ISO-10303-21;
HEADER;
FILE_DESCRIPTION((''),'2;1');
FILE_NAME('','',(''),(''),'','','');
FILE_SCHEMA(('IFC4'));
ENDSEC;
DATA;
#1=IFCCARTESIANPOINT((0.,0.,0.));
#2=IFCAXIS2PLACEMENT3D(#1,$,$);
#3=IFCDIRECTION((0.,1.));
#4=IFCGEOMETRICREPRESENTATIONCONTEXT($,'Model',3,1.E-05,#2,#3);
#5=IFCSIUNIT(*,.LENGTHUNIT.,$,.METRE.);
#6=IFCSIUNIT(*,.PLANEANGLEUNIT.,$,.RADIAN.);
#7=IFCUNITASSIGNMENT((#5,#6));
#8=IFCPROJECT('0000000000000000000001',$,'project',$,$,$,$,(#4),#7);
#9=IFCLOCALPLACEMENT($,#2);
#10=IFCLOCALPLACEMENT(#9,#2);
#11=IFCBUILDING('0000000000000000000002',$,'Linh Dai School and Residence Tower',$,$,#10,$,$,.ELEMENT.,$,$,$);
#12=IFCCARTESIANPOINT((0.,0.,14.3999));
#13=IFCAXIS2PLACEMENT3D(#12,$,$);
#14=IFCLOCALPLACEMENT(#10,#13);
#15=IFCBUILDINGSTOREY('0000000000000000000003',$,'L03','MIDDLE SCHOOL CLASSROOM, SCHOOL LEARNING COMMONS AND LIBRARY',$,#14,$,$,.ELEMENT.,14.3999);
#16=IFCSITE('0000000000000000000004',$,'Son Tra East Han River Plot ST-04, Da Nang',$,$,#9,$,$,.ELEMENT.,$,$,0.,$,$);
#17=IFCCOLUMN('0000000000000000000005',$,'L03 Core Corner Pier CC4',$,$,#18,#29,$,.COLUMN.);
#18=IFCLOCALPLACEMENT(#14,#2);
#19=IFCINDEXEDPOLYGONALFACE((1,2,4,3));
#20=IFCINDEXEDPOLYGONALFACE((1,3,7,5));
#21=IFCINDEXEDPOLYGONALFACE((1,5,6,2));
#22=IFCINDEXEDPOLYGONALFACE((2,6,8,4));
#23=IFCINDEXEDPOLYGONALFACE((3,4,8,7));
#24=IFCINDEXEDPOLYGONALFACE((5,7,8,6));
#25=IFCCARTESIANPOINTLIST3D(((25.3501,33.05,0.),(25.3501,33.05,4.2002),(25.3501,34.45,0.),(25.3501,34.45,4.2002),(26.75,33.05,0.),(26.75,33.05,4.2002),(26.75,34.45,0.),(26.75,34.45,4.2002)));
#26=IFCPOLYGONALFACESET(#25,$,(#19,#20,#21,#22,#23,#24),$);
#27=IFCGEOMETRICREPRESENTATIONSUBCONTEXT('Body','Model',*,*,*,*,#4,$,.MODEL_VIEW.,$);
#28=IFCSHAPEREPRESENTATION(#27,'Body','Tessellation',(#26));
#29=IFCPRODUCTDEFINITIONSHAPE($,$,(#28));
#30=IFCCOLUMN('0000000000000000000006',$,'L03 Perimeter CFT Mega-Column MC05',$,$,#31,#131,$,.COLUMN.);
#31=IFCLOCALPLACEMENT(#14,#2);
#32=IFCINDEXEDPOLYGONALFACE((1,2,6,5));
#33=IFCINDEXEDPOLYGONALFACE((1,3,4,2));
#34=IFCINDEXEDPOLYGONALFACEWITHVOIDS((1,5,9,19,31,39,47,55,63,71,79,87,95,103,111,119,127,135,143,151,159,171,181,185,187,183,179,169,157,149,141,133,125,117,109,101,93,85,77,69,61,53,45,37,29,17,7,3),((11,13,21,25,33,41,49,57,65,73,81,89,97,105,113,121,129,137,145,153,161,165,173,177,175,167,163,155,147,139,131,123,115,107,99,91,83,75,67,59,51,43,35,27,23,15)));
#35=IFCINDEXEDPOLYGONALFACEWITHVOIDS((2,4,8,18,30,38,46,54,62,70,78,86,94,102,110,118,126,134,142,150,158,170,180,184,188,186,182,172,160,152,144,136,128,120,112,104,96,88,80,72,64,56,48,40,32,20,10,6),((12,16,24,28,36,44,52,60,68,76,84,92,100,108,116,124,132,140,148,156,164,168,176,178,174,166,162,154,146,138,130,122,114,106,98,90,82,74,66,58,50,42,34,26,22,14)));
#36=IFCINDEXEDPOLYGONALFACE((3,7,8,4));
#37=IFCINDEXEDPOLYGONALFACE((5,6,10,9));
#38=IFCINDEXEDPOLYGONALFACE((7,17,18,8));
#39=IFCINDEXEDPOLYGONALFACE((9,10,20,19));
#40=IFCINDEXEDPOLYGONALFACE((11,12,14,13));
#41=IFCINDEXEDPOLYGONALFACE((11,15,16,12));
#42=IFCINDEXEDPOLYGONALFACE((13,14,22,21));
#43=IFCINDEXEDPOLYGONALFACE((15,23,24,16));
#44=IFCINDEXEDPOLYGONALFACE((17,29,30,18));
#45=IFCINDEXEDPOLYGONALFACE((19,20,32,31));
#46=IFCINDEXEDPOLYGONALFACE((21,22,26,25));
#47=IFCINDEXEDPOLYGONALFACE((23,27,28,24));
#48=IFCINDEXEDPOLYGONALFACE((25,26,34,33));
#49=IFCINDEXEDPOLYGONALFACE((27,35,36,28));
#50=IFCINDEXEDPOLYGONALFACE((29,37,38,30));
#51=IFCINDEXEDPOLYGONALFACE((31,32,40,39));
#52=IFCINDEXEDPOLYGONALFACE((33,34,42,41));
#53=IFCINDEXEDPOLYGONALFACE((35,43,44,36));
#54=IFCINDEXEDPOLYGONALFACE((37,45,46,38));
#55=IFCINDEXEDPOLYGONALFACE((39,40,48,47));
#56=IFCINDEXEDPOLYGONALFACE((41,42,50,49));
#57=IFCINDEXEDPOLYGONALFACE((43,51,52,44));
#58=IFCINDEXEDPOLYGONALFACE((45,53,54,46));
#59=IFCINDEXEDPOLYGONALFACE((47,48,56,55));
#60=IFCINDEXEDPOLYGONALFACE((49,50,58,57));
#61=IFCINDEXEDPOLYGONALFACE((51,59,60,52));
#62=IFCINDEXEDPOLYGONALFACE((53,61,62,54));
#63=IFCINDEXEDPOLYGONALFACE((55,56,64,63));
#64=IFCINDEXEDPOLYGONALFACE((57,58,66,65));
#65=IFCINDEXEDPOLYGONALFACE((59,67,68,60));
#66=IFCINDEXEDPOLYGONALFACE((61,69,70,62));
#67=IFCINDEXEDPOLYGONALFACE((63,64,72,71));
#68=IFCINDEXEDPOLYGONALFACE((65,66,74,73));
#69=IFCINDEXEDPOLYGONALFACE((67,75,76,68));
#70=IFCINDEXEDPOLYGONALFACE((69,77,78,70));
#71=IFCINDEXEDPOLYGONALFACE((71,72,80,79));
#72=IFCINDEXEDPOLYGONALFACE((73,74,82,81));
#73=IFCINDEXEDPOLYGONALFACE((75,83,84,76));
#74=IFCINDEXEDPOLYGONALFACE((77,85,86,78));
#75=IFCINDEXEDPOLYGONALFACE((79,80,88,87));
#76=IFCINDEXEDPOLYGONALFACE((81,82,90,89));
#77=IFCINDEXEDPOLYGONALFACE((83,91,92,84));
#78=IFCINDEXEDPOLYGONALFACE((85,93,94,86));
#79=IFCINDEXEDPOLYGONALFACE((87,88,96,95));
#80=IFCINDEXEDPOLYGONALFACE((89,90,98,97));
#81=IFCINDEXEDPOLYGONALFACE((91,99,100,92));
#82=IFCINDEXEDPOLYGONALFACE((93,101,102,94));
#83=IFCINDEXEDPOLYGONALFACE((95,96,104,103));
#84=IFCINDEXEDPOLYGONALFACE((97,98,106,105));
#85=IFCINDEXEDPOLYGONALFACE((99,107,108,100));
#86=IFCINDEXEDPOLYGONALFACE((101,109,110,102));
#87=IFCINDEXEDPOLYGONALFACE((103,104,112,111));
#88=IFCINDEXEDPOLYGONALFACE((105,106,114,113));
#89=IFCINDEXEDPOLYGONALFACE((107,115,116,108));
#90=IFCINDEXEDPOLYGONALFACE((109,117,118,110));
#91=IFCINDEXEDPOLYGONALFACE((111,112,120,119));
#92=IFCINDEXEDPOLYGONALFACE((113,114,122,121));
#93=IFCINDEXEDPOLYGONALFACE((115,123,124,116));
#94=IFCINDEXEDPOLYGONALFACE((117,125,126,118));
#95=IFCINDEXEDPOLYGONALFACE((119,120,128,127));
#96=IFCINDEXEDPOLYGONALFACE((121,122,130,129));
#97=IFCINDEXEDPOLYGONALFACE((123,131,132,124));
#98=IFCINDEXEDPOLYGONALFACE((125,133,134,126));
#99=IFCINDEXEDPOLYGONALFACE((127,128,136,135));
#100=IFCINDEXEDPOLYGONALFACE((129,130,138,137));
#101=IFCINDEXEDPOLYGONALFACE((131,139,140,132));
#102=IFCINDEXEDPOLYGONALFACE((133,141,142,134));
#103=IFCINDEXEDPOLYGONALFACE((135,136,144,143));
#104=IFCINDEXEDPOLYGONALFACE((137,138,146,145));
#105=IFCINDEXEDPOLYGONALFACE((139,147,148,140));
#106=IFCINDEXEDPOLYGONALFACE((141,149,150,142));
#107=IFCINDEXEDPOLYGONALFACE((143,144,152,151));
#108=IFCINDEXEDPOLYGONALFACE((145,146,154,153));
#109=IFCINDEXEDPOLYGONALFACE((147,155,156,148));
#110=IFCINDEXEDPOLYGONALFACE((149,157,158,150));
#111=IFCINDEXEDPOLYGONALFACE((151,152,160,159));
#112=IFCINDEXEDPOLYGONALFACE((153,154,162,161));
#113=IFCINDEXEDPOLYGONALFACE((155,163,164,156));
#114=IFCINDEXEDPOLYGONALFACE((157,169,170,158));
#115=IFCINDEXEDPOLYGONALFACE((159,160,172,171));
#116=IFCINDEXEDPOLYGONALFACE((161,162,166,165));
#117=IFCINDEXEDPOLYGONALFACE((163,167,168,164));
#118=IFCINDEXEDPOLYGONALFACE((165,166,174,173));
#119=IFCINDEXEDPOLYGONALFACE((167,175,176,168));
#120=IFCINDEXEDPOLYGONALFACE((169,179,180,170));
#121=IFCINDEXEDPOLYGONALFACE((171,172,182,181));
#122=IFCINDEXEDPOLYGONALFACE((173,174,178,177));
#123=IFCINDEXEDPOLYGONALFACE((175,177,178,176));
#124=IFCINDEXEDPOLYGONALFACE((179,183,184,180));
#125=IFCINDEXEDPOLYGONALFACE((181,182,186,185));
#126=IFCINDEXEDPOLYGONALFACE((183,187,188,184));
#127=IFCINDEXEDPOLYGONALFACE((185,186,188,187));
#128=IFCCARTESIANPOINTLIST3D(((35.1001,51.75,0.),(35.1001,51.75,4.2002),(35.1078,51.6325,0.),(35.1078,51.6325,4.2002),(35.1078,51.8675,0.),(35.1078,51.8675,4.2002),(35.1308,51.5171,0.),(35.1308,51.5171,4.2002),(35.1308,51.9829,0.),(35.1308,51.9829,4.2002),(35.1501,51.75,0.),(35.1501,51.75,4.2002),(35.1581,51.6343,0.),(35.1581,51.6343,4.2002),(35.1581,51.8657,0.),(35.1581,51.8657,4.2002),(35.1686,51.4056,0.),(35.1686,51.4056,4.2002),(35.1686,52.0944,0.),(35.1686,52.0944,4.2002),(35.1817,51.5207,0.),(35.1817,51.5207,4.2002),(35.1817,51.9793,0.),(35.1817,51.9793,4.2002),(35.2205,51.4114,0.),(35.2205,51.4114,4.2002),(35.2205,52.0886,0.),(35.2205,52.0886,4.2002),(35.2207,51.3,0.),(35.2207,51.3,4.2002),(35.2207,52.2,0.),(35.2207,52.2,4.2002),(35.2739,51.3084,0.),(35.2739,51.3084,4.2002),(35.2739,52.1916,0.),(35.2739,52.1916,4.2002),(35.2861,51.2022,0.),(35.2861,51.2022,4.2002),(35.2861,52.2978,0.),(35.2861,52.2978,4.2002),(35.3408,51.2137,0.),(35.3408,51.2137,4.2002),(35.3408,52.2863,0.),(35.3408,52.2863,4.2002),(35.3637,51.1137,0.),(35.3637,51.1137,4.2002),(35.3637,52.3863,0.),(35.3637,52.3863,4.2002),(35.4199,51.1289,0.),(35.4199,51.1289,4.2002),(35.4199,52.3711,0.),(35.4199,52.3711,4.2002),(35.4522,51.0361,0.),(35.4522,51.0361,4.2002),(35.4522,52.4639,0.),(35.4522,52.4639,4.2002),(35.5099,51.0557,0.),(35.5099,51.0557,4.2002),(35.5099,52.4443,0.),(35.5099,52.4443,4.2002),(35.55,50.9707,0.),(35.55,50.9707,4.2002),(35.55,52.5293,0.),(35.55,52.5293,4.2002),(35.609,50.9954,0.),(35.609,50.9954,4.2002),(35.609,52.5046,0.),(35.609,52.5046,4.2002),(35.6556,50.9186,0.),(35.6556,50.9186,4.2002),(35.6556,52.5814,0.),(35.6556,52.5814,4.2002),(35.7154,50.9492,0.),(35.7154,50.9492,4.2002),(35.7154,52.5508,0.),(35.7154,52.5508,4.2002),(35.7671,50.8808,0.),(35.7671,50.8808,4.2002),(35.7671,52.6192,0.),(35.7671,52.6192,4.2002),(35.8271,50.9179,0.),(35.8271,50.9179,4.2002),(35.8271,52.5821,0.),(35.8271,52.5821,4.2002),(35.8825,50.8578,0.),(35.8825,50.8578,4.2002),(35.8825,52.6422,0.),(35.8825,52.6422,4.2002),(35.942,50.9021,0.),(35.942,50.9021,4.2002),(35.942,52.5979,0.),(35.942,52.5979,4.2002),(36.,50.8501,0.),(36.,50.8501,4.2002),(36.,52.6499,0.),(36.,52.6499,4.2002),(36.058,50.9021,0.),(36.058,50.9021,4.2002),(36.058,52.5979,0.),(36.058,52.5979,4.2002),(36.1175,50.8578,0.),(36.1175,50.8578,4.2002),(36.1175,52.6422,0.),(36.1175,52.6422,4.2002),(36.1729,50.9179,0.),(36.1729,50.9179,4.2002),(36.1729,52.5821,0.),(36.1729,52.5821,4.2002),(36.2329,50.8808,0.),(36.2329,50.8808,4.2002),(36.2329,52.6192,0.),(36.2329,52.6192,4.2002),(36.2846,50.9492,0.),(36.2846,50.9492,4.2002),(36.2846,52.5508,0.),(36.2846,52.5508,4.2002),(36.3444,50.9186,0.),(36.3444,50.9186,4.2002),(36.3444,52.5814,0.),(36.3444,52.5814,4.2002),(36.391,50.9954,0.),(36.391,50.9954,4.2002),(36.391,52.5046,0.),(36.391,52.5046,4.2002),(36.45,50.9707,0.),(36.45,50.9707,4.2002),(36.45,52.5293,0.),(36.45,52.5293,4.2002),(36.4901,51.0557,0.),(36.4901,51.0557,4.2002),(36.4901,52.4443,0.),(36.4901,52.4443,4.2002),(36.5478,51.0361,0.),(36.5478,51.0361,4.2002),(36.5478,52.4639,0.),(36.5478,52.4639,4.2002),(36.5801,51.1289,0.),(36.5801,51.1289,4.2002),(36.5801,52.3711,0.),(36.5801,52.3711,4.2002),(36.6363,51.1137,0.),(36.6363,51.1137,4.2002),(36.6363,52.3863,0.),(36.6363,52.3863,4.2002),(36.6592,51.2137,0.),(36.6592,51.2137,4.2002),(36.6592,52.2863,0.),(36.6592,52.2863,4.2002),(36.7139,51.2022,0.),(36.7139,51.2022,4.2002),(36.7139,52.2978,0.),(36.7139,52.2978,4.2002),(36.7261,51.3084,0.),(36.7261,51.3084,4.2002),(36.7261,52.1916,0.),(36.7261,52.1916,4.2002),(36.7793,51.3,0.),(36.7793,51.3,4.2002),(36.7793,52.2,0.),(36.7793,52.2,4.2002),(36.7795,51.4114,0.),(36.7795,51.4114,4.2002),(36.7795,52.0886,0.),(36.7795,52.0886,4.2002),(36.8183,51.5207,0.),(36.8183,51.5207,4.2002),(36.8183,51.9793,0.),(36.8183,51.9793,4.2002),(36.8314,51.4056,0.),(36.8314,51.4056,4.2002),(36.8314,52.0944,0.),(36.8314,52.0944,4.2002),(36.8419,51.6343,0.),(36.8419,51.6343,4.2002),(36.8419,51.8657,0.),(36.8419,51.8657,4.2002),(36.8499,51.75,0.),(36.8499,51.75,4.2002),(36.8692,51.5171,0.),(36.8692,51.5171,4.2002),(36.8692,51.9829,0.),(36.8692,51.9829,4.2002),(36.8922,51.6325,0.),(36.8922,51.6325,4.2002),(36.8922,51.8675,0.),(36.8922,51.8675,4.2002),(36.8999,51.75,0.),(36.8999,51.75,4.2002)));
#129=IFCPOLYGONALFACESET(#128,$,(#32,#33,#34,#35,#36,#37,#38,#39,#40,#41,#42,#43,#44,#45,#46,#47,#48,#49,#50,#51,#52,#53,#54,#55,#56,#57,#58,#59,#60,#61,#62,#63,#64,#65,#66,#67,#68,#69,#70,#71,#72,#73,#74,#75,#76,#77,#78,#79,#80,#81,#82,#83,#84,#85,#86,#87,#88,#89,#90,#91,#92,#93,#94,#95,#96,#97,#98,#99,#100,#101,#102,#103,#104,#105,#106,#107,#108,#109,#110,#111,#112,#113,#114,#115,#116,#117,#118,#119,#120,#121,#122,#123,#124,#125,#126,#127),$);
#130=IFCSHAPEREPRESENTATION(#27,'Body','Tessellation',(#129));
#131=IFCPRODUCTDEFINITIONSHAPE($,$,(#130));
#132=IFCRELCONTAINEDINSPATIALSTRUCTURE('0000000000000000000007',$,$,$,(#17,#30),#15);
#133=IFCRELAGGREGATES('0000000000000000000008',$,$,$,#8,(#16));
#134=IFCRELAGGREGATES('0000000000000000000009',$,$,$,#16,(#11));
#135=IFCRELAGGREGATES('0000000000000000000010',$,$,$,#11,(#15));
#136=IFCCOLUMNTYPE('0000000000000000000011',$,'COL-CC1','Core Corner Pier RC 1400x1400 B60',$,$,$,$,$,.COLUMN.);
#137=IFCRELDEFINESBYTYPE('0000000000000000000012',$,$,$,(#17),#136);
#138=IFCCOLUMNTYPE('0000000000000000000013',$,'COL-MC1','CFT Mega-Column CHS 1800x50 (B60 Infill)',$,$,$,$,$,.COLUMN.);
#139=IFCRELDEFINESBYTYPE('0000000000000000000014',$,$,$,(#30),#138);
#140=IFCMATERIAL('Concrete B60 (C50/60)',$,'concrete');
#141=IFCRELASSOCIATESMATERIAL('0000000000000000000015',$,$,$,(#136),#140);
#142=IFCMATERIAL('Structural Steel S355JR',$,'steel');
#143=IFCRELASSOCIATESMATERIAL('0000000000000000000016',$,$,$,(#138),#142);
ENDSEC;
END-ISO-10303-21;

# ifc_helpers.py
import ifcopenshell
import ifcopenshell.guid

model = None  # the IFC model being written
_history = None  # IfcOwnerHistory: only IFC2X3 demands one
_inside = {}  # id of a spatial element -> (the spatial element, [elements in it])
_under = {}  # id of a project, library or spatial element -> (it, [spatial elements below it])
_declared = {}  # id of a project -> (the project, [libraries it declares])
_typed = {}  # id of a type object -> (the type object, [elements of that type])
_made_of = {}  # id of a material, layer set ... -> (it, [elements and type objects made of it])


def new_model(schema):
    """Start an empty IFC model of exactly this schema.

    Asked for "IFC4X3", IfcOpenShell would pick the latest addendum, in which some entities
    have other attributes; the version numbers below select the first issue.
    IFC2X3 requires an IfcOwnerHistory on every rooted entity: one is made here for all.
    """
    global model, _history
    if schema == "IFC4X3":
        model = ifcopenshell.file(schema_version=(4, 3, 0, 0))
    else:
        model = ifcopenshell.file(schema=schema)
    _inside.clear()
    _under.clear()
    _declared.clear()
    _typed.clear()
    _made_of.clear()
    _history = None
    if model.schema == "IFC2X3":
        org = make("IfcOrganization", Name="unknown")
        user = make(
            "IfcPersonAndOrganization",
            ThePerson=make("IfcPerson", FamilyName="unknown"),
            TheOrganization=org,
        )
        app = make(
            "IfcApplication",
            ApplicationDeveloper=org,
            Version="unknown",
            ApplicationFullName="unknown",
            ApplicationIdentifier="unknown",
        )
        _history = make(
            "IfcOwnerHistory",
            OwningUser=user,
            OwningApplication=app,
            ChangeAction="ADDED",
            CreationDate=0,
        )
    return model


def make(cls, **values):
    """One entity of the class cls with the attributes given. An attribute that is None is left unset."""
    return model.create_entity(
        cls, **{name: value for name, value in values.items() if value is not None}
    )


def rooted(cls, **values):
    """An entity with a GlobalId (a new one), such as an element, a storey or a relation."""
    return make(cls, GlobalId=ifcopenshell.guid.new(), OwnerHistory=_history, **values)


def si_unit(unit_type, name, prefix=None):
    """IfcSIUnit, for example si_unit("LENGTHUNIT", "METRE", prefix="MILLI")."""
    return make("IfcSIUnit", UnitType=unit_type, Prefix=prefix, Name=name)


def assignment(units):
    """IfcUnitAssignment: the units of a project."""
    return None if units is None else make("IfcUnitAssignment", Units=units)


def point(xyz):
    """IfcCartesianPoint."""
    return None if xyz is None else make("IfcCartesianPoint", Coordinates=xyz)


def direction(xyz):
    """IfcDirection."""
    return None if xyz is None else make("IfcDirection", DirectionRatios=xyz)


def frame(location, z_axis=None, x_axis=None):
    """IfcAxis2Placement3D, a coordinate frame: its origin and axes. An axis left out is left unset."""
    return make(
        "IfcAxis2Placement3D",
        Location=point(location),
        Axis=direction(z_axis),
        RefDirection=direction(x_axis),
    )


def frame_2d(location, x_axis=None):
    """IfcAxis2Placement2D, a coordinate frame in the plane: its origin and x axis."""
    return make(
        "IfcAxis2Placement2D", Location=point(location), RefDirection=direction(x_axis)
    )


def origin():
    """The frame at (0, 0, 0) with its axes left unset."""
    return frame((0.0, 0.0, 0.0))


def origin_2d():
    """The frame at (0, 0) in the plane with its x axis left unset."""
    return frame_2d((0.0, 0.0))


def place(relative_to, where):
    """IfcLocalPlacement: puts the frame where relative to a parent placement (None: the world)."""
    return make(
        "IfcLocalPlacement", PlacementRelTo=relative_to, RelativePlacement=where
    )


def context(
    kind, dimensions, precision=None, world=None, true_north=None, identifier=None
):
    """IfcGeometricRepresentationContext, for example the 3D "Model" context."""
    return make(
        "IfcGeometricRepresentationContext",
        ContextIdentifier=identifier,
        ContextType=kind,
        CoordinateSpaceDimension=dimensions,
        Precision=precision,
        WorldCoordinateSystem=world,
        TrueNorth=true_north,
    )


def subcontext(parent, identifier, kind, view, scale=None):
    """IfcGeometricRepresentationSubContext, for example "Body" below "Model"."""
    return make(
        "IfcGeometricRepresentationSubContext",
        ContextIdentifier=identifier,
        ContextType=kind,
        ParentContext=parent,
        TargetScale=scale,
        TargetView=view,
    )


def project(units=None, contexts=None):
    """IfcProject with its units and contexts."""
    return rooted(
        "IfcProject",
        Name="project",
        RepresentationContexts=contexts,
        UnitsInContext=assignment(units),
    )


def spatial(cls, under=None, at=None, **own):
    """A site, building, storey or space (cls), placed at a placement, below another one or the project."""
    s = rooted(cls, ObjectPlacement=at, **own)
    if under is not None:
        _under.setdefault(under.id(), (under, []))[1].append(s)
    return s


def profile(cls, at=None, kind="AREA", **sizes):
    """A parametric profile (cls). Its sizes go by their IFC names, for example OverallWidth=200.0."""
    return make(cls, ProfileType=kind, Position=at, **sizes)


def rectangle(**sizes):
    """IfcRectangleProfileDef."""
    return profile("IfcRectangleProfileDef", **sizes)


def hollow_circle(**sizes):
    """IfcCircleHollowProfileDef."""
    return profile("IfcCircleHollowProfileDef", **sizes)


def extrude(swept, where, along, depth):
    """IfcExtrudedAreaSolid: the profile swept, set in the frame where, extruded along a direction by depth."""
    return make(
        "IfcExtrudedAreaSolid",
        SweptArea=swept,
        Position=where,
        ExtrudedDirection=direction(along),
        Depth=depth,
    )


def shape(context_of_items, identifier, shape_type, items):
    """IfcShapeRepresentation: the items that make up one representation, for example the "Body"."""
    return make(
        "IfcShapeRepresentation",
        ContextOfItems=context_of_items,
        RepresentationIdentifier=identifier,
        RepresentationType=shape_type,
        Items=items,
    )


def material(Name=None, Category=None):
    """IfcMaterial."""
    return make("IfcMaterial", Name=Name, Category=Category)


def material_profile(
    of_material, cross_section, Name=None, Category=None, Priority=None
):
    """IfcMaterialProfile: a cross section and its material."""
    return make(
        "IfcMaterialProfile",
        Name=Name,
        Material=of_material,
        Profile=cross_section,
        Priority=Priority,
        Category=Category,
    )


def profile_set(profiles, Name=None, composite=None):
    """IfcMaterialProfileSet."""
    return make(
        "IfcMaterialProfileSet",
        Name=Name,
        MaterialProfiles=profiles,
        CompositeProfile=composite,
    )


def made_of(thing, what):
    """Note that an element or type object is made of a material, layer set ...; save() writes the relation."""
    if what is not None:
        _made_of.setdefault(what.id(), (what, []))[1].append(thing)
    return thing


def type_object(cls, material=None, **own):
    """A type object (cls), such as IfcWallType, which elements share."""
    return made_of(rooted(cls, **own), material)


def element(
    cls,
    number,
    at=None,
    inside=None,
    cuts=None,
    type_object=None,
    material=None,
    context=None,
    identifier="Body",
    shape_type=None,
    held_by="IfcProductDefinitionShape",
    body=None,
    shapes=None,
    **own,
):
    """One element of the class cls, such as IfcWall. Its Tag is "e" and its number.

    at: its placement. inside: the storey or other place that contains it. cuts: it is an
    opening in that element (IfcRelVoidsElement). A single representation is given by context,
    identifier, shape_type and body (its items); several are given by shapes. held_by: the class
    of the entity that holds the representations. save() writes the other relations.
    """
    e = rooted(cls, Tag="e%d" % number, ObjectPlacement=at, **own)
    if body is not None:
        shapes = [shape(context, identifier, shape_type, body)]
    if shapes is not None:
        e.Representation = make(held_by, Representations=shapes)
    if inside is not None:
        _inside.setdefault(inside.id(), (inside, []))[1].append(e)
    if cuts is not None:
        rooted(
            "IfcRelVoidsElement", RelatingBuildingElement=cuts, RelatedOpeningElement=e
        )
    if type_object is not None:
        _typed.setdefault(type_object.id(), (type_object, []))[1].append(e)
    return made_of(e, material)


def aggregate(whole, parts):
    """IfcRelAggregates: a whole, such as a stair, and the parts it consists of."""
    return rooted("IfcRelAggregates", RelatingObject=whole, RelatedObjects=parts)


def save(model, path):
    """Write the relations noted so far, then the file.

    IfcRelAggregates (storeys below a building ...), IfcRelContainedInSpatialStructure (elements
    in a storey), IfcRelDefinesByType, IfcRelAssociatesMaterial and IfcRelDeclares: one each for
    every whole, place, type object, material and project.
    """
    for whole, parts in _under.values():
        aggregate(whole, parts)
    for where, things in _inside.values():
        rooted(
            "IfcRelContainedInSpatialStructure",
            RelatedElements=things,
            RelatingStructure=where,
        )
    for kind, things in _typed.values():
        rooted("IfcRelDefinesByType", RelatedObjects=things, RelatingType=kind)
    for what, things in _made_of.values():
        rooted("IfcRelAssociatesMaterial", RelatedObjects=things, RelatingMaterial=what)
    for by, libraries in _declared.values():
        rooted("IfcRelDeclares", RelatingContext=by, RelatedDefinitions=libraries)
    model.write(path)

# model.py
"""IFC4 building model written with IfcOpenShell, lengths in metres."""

from ifc_helpers import new_model, si_unit, direction, frame, origin, origin_2d, place, context, subcontext, project, spatial, rectangle, hollow_circle, extrude, material, material_profile, profile_set, type_object, element, save


model = new_model("IFC4")

# Units and contexts
model_context = context("Model", 3, precision=1e-05, world=origin(), true_north=direction((0.0, 1.0)))
body_context = subcontext(model_context, "Body", "Model", "MODEL_VIEW")
ifc_project = project(units=[si_unit("LENGTHUNIT", "METRE"), si_unit("PLANEANGLEUNIT", "RADIAN")], contexts=[model_context])

# Site, building, storey
site_placement = place(None, origin())
site = spatial("IfcSite", under=ifc_project, at=site_placement, Name="Son Tra East Han River Plot ST-04, Da Nang", CompositionType="ELEMENT", RefElevation=0.0)
building_placement = place(site_placement, origin())
building = spatial("IfcBuilding", under=site, at=building_placement, Name="Linh Dai School and Residence Tower", CompositionType="ELEMENT")
storey_placement = place(building_placement, frame((0.0, 0.0, 14.3999)))
storey = spatial("IfcBuildingStorey", under=building, at=storey_placement, Name="L03", Description="MIDDLE SCHOOL CLASSROOM, SCHOOL LEARNING COMMONS AND LIBRARY", CompositionType="ELEMENT", Elevation=14.3999)

# Columns
ifc_material_1 = material(Name="Concrete B60 (C50/60)", Category="concrete")
ifc_material_profile_1 = material_profile(ifc_material_1, rectangle(XDim=1.3999, YDim=1.3999, at=origin_2d()), Name="RC 1400x1400")
ifc_profile_set_1 = profile_set([ifc_material_profile_1], Name="Concrete B60 (C50/60)")
column_type_1 = type_object("IfcColumnType", Name="COL-CC1", Description="Core Corner Pier RC 1400x1400 B60", PredefinedType="COLUMN", material=ifc_profile_set_1)
column_1_placement = place(storey_placement, frame((26.05, 33.75, 0.0), z_axis=(0.0, 0.0, 1.0), x_axis=(1.0, 0.0, 0.0)))
element("IfcColumn", 1, at=column_1_placement, inside=storey, type_object=column_type_1, Name="L03 Core Corner Pier CC4", PredefinedType="COLUMN", context=body_context, shape_type="SweptSolid", body=[
    extrude(rectangle(XDim=1.3999, YDim=1.3999, at=origin_2d()), origin(), (0.0, 0.0, 1.0), 4.2002),
])
ifc_material_2 = material(Name="Structural Steel S355JR", Category="steel")
ifc_material_profile_2 = material_profile(ifc_material_2, hollow_circle(Radius=0.8999, WallThickness=0.05, at=origin_2d()), Name="CHS 1800x50")
ifc_profile_set_2 = profile_set([ifc_material_profile_2], Name="Structural Steel S355JR")
column_type_2 = type_object("IfcColumnType", Name="COL-MC1", Description="CFT Mega-Column CHS 1800x50 (B60 Infill)", PredefinedType="COLUMN", material=ifc_profile_set_2)
for number, where, z_axis, x_axis, name in (
    (2, (36.0, 51.75, 0.0), (0.0, 0.0, 1.0), (1.0, 0.0, 0.0), "L03 Perimeter CFT Mega-Column MC05"),
):
    element("IfcColumn", number, at=place(storey_placement, frame(where, z_axis=z_axis, x_axis=x_axis)), inside=storey, type_object=column_type_2, Name=name, PredefinedType="COLUMN", context=body_context, shape_type="SweptSolid", body=[
        extrude(hollow_circle(Radius=0.8999, WallThickness=0.05, at=origin_2d()), origin(), (0.0, 0.0, 1.0), 4.2002),
    ])

save(model, "model.ifc")
